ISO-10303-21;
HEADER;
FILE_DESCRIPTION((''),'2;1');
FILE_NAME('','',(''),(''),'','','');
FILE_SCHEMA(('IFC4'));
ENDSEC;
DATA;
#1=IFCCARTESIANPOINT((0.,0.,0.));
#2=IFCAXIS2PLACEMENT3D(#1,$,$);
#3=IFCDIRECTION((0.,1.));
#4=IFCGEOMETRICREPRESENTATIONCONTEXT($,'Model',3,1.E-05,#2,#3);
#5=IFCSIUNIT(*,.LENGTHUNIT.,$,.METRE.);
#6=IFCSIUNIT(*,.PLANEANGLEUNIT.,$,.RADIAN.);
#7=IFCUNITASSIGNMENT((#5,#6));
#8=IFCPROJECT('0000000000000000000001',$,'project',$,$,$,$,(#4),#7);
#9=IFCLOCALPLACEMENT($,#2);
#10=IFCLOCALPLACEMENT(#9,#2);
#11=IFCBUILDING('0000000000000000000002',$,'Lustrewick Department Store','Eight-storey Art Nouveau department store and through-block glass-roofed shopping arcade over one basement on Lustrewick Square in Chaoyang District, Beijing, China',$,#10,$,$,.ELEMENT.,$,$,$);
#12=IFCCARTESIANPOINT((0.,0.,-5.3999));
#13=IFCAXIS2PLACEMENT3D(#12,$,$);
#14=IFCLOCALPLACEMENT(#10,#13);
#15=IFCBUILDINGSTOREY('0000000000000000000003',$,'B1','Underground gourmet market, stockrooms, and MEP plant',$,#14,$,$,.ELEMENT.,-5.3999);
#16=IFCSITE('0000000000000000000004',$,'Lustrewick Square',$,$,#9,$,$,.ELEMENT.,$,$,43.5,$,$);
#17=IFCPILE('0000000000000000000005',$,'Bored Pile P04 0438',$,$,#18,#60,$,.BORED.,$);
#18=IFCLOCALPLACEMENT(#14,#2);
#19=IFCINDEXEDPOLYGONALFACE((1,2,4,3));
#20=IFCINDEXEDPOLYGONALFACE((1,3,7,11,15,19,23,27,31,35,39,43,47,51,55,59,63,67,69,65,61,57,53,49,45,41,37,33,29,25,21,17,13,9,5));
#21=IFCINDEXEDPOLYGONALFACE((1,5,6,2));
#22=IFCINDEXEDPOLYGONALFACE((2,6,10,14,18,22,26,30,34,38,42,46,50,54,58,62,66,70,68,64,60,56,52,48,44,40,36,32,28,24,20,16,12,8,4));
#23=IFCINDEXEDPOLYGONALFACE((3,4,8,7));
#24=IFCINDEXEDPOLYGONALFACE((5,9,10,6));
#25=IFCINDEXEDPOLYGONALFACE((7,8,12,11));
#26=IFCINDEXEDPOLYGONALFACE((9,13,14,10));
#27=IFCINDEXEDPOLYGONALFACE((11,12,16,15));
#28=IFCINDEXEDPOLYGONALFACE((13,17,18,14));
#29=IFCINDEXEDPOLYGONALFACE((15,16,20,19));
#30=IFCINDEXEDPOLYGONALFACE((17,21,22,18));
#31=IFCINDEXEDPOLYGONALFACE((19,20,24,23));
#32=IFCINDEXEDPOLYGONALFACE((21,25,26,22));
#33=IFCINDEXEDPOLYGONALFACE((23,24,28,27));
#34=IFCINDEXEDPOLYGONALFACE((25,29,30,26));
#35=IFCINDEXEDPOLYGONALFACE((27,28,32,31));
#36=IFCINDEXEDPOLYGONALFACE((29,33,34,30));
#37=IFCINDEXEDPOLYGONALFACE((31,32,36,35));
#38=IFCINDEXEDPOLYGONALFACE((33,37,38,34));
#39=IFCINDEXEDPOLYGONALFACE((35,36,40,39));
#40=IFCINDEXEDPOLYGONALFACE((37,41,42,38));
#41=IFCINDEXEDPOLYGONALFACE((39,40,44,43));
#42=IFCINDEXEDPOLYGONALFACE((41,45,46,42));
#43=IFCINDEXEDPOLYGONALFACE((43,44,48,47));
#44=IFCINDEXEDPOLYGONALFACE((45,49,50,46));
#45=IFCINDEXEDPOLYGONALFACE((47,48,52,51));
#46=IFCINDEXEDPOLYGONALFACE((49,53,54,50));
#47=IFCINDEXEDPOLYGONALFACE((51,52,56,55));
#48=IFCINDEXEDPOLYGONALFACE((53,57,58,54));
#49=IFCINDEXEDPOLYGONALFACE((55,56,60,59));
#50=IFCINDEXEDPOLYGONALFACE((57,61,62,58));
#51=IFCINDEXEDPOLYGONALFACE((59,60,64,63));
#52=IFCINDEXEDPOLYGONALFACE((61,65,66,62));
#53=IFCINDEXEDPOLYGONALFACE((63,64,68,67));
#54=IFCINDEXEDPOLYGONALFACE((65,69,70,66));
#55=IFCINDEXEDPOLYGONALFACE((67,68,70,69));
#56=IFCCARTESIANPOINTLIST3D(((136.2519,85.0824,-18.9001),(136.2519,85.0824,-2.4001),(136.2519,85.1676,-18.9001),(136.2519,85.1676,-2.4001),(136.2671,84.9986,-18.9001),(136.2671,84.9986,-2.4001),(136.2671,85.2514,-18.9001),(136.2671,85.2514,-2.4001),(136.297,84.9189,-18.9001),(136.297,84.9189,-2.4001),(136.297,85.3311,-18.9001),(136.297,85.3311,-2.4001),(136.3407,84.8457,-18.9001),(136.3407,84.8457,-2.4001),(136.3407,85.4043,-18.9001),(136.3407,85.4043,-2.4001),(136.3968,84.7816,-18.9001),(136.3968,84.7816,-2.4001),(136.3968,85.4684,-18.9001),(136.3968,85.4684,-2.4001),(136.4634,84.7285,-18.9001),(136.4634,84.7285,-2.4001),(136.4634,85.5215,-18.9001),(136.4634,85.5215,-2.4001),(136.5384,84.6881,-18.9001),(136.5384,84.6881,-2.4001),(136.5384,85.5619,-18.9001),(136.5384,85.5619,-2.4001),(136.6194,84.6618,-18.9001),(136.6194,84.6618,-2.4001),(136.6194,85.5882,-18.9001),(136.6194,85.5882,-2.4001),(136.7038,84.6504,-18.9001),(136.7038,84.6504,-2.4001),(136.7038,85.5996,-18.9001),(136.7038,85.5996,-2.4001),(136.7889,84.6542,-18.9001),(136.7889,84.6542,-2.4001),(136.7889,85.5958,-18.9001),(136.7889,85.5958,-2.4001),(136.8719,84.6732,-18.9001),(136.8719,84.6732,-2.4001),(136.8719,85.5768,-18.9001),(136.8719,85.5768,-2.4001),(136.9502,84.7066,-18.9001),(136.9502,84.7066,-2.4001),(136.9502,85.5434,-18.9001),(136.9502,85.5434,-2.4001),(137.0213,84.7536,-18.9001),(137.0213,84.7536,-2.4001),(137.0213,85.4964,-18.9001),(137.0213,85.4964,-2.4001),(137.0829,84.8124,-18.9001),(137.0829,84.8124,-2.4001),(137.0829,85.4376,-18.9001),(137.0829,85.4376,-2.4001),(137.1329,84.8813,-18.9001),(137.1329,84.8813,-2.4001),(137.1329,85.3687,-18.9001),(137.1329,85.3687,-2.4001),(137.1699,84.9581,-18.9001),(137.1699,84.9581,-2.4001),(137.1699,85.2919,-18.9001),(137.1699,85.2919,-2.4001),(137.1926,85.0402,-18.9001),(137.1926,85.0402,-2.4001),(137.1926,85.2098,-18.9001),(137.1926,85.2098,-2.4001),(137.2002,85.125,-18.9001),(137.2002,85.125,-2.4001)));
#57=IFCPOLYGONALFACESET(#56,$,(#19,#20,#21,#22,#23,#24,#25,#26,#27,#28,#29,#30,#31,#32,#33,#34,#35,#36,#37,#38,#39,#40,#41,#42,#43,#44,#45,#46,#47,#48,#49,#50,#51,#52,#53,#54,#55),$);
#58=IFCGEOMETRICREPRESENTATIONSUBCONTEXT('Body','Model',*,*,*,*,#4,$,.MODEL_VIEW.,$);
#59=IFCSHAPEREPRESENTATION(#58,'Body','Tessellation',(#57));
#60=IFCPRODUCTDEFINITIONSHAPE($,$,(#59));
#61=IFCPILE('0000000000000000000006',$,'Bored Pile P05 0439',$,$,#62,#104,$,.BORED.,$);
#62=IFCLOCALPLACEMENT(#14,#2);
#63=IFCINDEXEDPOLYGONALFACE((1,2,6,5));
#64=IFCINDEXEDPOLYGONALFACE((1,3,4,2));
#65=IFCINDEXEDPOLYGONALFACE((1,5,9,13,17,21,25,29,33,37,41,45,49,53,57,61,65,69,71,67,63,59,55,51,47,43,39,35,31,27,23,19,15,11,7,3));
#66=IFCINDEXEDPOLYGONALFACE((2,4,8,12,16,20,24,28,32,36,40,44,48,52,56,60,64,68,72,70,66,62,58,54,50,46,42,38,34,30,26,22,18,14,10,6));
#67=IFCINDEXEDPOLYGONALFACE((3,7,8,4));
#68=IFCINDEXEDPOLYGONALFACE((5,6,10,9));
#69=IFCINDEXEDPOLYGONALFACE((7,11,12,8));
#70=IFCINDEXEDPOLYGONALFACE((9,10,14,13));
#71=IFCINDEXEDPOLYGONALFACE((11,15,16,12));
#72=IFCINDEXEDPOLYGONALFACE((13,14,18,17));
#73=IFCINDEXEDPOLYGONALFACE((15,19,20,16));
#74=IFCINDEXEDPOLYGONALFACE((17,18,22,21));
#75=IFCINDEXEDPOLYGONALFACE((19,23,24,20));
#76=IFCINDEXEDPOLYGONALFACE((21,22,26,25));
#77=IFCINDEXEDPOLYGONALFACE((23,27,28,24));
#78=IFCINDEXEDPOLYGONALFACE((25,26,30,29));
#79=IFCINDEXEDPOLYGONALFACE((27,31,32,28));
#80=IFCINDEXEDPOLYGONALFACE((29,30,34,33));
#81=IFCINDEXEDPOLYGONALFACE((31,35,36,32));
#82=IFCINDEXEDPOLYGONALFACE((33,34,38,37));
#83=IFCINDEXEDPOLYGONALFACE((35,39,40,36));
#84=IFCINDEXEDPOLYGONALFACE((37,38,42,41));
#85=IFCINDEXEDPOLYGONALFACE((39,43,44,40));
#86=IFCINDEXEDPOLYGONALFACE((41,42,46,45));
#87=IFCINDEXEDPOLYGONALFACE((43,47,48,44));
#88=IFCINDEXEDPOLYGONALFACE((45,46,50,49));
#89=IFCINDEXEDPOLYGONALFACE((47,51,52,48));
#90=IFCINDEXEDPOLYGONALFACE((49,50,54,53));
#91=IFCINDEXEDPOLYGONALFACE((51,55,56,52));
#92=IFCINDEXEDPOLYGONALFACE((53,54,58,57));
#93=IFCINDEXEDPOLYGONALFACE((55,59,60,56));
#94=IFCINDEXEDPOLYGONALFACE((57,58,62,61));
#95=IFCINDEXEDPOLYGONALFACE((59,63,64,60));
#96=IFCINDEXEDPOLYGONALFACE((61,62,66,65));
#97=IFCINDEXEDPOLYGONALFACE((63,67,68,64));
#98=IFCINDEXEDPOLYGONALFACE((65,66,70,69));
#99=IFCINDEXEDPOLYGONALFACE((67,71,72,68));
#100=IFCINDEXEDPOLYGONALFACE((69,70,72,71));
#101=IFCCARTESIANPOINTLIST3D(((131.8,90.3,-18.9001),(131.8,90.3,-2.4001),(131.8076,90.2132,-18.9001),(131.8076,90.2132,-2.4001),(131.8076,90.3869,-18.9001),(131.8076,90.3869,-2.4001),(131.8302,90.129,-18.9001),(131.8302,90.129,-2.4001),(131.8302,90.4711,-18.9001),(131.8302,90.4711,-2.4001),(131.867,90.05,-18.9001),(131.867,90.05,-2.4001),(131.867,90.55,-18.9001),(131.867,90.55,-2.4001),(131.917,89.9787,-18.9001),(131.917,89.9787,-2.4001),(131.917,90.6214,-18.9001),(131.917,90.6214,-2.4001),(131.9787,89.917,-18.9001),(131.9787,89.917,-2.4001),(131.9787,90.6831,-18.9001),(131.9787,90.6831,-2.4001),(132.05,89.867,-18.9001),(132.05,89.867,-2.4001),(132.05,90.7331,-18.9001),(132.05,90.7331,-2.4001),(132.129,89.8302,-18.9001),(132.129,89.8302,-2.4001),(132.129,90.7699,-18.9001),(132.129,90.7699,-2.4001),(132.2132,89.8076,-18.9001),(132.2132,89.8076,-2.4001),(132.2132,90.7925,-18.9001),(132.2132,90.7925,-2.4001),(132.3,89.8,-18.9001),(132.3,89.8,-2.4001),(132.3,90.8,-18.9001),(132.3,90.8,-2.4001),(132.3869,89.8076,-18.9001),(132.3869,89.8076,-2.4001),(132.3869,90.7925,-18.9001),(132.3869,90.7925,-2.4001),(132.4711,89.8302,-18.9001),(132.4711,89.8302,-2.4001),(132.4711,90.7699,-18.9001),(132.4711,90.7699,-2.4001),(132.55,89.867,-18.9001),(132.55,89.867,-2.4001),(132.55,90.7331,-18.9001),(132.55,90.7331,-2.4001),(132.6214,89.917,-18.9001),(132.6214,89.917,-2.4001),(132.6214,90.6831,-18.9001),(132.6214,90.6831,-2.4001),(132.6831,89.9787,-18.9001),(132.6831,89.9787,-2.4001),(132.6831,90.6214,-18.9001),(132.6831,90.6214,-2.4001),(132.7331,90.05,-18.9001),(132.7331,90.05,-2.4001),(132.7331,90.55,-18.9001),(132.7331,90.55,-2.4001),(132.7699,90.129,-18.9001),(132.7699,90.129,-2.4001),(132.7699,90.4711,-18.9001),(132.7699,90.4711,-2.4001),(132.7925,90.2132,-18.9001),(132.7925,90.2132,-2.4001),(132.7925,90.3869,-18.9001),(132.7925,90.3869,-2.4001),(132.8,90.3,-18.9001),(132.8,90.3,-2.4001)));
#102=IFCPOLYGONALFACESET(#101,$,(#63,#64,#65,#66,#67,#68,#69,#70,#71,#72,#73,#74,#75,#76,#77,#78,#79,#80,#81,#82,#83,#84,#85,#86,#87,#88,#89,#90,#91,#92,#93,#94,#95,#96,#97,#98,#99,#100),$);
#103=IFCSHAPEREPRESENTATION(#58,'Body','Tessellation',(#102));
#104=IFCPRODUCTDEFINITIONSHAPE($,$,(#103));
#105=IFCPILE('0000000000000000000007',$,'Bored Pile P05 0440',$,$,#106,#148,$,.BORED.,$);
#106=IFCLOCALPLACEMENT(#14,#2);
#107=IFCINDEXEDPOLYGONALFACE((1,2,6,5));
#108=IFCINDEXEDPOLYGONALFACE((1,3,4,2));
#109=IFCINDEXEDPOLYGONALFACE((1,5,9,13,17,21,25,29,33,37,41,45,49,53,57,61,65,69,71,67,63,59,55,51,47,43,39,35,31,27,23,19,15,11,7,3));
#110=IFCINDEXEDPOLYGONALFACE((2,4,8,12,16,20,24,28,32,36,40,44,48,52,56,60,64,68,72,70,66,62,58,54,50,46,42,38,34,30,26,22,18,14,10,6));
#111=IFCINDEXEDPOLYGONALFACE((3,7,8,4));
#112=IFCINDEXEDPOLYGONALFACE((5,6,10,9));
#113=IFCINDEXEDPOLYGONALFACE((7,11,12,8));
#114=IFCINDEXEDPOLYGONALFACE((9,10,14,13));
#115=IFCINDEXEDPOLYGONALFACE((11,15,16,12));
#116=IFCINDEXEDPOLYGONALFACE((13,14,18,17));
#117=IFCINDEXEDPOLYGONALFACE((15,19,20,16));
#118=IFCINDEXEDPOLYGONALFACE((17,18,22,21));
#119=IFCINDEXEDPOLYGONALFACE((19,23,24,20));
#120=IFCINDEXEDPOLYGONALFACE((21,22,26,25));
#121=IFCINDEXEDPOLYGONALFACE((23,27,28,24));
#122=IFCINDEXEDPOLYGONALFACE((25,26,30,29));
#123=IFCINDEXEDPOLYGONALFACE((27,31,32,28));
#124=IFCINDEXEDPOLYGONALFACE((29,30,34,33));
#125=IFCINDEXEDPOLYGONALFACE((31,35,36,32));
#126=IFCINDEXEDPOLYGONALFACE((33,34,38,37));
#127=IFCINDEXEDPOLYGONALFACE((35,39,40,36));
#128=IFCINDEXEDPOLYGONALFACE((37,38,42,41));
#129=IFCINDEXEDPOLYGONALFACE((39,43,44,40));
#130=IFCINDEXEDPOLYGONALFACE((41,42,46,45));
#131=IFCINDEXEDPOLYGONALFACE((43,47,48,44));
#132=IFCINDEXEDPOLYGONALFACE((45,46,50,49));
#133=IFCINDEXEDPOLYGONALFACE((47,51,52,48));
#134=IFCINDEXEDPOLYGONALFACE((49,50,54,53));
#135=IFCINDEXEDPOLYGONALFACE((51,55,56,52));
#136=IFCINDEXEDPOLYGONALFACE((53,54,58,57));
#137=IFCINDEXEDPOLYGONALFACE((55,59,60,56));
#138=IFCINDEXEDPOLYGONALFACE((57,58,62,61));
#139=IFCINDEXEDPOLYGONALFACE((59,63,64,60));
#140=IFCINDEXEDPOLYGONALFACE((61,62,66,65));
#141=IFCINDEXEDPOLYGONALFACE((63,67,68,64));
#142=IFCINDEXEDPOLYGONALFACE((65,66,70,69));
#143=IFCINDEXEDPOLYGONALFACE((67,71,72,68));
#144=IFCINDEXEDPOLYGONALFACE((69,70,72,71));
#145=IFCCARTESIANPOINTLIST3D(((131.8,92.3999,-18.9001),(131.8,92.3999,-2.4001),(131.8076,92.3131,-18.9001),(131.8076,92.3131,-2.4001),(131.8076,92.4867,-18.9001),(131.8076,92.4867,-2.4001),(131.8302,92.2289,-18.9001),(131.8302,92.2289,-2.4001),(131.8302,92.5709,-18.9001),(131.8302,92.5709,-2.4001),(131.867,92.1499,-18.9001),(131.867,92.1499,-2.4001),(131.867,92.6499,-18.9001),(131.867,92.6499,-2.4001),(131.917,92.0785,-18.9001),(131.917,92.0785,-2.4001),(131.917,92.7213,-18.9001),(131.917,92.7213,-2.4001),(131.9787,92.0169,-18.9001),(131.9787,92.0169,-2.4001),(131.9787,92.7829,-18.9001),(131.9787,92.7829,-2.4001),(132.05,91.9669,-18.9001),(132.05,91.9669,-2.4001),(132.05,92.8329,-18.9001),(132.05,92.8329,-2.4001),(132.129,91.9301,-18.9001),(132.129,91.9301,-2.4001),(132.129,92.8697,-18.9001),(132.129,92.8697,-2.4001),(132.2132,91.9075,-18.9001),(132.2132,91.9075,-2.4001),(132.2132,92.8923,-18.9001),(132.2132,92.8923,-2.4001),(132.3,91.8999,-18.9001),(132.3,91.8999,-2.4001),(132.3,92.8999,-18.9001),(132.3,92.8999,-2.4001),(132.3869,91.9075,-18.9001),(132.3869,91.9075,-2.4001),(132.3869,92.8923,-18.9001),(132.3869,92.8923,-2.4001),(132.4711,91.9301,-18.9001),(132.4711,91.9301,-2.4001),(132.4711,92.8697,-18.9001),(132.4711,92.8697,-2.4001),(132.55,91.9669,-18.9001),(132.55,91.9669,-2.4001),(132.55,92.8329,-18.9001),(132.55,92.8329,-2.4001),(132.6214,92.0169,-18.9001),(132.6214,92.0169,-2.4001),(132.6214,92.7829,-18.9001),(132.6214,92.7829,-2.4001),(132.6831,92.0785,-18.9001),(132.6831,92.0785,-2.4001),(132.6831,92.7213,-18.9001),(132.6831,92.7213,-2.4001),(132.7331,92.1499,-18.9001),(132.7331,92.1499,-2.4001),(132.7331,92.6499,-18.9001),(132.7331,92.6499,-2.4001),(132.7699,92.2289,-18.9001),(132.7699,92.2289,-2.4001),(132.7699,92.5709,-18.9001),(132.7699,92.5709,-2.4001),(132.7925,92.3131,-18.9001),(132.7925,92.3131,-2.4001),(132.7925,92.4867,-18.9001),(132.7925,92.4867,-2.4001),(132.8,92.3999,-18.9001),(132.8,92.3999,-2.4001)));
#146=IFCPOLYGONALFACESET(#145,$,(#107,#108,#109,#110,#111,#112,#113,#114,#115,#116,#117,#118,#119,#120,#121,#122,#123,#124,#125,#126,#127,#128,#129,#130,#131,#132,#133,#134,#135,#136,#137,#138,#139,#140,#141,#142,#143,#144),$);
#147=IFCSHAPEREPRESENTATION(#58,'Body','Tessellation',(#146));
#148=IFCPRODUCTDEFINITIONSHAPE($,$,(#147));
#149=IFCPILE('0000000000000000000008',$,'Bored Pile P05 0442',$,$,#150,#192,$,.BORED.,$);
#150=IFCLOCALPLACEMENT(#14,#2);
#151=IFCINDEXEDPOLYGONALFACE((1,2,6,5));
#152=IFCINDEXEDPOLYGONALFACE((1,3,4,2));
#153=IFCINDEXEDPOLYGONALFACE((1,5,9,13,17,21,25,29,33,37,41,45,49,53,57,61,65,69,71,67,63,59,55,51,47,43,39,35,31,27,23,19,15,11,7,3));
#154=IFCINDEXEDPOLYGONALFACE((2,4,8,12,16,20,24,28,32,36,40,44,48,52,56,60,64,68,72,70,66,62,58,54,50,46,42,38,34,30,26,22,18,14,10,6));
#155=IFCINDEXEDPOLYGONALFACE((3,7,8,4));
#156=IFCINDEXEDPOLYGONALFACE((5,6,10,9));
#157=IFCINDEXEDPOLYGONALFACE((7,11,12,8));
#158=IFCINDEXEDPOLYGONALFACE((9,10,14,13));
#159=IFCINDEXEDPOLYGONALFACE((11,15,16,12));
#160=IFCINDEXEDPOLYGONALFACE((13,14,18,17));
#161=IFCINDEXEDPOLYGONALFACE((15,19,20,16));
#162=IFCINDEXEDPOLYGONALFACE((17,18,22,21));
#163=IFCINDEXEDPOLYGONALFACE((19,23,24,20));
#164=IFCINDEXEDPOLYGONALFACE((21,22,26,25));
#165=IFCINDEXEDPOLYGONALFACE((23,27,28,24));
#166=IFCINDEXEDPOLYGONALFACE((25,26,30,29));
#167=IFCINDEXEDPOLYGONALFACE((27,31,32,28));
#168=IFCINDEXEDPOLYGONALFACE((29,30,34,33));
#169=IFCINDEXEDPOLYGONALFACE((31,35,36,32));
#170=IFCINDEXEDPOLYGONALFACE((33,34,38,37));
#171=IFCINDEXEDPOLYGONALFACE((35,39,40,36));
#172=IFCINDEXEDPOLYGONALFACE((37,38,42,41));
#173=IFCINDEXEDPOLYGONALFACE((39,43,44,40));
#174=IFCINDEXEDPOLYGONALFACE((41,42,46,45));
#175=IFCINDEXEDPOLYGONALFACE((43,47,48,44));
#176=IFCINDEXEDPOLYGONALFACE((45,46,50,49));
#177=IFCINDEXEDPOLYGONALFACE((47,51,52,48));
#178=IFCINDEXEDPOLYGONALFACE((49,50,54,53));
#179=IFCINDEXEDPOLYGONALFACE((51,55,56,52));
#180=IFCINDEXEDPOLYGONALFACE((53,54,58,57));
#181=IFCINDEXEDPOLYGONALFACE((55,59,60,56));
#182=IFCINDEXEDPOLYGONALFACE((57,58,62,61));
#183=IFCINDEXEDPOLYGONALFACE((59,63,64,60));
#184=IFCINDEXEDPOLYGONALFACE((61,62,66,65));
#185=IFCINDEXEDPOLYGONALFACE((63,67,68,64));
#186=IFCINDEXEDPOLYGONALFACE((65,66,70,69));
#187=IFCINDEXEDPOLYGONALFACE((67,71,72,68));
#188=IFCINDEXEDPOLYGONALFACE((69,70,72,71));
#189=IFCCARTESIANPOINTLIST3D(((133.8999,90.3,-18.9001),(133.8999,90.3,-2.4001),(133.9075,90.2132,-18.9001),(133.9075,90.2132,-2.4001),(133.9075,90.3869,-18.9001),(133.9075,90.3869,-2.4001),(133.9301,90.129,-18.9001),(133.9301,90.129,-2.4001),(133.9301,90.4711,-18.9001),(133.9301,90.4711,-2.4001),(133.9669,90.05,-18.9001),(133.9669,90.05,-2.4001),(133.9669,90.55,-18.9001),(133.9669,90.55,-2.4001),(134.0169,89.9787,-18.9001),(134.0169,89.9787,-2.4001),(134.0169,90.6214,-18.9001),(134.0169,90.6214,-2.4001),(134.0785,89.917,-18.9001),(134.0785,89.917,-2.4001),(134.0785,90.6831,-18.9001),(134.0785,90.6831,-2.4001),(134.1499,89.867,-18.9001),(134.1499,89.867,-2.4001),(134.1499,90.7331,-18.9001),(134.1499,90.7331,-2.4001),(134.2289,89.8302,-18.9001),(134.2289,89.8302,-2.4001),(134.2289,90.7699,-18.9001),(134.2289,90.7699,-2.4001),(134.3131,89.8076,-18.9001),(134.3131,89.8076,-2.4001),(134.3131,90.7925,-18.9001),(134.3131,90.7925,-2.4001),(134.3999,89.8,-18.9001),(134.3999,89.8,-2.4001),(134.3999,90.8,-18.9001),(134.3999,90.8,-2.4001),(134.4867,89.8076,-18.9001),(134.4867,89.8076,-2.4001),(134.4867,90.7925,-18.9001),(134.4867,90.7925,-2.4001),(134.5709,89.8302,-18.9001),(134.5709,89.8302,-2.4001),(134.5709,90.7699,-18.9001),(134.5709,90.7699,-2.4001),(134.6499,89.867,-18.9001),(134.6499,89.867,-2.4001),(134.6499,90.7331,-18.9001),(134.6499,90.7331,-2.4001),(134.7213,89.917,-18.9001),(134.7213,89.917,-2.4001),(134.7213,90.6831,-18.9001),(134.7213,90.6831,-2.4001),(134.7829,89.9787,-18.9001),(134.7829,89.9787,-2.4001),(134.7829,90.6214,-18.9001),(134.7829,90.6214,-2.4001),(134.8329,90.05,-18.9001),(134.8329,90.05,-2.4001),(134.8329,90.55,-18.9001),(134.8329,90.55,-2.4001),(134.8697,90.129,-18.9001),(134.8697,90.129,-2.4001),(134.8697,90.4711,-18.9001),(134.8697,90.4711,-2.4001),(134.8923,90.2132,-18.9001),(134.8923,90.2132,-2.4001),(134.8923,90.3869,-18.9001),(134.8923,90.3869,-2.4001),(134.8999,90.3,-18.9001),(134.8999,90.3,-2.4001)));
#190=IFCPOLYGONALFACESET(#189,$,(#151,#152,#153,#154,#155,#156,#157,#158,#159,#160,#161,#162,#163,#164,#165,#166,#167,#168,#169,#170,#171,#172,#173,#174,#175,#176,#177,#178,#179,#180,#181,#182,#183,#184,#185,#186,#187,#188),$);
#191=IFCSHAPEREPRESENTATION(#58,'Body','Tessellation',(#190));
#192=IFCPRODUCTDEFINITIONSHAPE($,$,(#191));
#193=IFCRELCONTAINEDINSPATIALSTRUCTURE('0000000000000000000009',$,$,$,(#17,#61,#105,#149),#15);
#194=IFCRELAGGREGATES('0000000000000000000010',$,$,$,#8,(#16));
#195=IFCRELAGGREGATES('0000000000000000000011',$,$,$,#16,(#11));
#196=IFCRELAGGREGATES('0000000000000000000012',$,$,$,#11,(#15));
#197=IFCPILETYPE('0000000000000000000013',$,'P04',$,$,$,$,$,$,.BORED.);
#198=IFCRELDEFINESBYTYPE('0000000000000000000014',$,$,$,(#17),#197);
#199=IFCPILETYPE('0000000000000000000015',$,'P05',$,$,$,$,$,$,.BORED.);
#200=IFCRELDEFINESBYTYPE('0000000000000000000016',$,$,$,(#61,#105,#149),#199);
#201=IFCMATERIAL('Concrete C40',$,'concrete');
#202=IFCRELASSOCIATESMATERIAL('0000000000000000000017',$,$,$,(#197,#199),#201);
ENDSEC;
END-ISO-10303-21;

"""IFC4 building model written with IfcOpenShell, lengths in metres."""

from ifc_helpers import new_model, si_unit, direction, frame, origin, origin_2d, place, context, subcontext, project, spatial, circle, extrude, material, material_profile, profile_set, type_object, element, save


model = new_model("IFC4")

# Units and contexts
model_context = context("Model", 3, precision=1e-05, world=origin(), true_north=direction((0.0, 1.0)))
body_context = subcontext(model_context, "Body", "Model", "MODEL_VIEW")
ifc_project = project(units=[si_unit("LENGTHUNIT", "METRE"), si_unit("PLANEANGLEUNIT", "RADIAN")], contexts=[model_context])

# Site, building, storey
site_placement = place(None, origin())
site = spatial("IfcSite", under=ifc_project, at=site_placement, Name="Lustrewick Square", CompositionType="ELEMENT", RefElevation=43.5)
building_placement = place(site_placement, origin())
building = spatial("IfcBuilding", under=site, at=building_placement, Name="Lustrewick Department Store", Description="Eight-storey Art Nouveau department store and through-block glass-roofed shopping arcade over one basement on Lustrewick Square in Chaoyang District, Beijing, China", CompositionType="ELEMENT")
storey_placement = place(building_placement, frame((0.0, 0.0, -5.3999)))
storey = spatial("IfcBuildingStorey", under=building, at=storey_placement, Name="B1", Description="Underground gourmet market, stockrooms, and MEP plant", CompositionType="ELEMENT", Elevation=-5.3999)

# Piles
ifc_material_1 = material(Name="Concrete C40", Category="concrete")
ifc_material_profile_1 = material_profile(ifc_material_1, circle(Radius=0.4751, at=origin_2d()), Name="PILE D950")
ifc_profile_set_1 = profile_set([ifc_material_profile_1], Name="Concrete C40")
pile_type_1 = type_object("IfcPileType", Name="P04", PredefinedType="BORED", material=ifc_profile_set_1)
for number, where, z_axis, x_axis, name in (
    (1, (136.7251, 85.125, -2.4001), (0.0, 0.0, -1.0), (1.0, 0.0, 0.0), "Bored Pile P04 0438"),
):
    element("IfcPile", number, at=place(storey_placement, frame(where, z_axis=z_axis, x_axis=x_axis)), inside=storey, type_object=pile_type_1, Name=name, PredefinedType="BORED", context=body_context, shape_type="SweptSolid", body=[
        extrude(circle(Radius=0.4751, at=origin_2d()), origin(), (0.0, 0.0, 1.0), 16.5),
    ])
ifc_material_profile_2 = material_profile(ifc_material_1, circle(Radius=0.5, at=origin_2d()), Name="PILE D1000")
ifc_profile_set_2 = profile_set([ifc_material_profile_2], Name="Concrete C40")
pile_type_2 = type_object("IfcPileType", Name="P05", PredefinedType="BORED", material=ifc_profile_set_2)
for number, where, z_axis, x_axis, name in (
    (2, (132.3, 90.3, -2.4001), (0.0, 0.0, -1.0), (1.0, 0.0, 0.0), "Bored Pile P05 0439"),
    (3, (132.3, 92.3999, -2.4001), (0.0, 0.0, -1.0), (1.0, 0.0, 0.0), "Bored Pile P05 0440"),
    (4, (134.3999, 90.3, -2.4001), (0.0, 0.0, -1.0), (1.0, 0.0, 0.0), "Bored Pile P05 0442"),
):
    element("IfcPile", number, at=place(storey_placement, frame(where, z_axis=z_axis, x_axis=x_axis)), inside=storey, type_object=pile_type_2, Name=name, PredefinedType="BORED", context=body_context, shape_type="SweptSolid", body=[
        extrude(circle(Radius=0.5, at=origin_2d()), origin(), (0.0, 0.0, 1.0), 16.5),
    ])

save(model, "model.ifc")
